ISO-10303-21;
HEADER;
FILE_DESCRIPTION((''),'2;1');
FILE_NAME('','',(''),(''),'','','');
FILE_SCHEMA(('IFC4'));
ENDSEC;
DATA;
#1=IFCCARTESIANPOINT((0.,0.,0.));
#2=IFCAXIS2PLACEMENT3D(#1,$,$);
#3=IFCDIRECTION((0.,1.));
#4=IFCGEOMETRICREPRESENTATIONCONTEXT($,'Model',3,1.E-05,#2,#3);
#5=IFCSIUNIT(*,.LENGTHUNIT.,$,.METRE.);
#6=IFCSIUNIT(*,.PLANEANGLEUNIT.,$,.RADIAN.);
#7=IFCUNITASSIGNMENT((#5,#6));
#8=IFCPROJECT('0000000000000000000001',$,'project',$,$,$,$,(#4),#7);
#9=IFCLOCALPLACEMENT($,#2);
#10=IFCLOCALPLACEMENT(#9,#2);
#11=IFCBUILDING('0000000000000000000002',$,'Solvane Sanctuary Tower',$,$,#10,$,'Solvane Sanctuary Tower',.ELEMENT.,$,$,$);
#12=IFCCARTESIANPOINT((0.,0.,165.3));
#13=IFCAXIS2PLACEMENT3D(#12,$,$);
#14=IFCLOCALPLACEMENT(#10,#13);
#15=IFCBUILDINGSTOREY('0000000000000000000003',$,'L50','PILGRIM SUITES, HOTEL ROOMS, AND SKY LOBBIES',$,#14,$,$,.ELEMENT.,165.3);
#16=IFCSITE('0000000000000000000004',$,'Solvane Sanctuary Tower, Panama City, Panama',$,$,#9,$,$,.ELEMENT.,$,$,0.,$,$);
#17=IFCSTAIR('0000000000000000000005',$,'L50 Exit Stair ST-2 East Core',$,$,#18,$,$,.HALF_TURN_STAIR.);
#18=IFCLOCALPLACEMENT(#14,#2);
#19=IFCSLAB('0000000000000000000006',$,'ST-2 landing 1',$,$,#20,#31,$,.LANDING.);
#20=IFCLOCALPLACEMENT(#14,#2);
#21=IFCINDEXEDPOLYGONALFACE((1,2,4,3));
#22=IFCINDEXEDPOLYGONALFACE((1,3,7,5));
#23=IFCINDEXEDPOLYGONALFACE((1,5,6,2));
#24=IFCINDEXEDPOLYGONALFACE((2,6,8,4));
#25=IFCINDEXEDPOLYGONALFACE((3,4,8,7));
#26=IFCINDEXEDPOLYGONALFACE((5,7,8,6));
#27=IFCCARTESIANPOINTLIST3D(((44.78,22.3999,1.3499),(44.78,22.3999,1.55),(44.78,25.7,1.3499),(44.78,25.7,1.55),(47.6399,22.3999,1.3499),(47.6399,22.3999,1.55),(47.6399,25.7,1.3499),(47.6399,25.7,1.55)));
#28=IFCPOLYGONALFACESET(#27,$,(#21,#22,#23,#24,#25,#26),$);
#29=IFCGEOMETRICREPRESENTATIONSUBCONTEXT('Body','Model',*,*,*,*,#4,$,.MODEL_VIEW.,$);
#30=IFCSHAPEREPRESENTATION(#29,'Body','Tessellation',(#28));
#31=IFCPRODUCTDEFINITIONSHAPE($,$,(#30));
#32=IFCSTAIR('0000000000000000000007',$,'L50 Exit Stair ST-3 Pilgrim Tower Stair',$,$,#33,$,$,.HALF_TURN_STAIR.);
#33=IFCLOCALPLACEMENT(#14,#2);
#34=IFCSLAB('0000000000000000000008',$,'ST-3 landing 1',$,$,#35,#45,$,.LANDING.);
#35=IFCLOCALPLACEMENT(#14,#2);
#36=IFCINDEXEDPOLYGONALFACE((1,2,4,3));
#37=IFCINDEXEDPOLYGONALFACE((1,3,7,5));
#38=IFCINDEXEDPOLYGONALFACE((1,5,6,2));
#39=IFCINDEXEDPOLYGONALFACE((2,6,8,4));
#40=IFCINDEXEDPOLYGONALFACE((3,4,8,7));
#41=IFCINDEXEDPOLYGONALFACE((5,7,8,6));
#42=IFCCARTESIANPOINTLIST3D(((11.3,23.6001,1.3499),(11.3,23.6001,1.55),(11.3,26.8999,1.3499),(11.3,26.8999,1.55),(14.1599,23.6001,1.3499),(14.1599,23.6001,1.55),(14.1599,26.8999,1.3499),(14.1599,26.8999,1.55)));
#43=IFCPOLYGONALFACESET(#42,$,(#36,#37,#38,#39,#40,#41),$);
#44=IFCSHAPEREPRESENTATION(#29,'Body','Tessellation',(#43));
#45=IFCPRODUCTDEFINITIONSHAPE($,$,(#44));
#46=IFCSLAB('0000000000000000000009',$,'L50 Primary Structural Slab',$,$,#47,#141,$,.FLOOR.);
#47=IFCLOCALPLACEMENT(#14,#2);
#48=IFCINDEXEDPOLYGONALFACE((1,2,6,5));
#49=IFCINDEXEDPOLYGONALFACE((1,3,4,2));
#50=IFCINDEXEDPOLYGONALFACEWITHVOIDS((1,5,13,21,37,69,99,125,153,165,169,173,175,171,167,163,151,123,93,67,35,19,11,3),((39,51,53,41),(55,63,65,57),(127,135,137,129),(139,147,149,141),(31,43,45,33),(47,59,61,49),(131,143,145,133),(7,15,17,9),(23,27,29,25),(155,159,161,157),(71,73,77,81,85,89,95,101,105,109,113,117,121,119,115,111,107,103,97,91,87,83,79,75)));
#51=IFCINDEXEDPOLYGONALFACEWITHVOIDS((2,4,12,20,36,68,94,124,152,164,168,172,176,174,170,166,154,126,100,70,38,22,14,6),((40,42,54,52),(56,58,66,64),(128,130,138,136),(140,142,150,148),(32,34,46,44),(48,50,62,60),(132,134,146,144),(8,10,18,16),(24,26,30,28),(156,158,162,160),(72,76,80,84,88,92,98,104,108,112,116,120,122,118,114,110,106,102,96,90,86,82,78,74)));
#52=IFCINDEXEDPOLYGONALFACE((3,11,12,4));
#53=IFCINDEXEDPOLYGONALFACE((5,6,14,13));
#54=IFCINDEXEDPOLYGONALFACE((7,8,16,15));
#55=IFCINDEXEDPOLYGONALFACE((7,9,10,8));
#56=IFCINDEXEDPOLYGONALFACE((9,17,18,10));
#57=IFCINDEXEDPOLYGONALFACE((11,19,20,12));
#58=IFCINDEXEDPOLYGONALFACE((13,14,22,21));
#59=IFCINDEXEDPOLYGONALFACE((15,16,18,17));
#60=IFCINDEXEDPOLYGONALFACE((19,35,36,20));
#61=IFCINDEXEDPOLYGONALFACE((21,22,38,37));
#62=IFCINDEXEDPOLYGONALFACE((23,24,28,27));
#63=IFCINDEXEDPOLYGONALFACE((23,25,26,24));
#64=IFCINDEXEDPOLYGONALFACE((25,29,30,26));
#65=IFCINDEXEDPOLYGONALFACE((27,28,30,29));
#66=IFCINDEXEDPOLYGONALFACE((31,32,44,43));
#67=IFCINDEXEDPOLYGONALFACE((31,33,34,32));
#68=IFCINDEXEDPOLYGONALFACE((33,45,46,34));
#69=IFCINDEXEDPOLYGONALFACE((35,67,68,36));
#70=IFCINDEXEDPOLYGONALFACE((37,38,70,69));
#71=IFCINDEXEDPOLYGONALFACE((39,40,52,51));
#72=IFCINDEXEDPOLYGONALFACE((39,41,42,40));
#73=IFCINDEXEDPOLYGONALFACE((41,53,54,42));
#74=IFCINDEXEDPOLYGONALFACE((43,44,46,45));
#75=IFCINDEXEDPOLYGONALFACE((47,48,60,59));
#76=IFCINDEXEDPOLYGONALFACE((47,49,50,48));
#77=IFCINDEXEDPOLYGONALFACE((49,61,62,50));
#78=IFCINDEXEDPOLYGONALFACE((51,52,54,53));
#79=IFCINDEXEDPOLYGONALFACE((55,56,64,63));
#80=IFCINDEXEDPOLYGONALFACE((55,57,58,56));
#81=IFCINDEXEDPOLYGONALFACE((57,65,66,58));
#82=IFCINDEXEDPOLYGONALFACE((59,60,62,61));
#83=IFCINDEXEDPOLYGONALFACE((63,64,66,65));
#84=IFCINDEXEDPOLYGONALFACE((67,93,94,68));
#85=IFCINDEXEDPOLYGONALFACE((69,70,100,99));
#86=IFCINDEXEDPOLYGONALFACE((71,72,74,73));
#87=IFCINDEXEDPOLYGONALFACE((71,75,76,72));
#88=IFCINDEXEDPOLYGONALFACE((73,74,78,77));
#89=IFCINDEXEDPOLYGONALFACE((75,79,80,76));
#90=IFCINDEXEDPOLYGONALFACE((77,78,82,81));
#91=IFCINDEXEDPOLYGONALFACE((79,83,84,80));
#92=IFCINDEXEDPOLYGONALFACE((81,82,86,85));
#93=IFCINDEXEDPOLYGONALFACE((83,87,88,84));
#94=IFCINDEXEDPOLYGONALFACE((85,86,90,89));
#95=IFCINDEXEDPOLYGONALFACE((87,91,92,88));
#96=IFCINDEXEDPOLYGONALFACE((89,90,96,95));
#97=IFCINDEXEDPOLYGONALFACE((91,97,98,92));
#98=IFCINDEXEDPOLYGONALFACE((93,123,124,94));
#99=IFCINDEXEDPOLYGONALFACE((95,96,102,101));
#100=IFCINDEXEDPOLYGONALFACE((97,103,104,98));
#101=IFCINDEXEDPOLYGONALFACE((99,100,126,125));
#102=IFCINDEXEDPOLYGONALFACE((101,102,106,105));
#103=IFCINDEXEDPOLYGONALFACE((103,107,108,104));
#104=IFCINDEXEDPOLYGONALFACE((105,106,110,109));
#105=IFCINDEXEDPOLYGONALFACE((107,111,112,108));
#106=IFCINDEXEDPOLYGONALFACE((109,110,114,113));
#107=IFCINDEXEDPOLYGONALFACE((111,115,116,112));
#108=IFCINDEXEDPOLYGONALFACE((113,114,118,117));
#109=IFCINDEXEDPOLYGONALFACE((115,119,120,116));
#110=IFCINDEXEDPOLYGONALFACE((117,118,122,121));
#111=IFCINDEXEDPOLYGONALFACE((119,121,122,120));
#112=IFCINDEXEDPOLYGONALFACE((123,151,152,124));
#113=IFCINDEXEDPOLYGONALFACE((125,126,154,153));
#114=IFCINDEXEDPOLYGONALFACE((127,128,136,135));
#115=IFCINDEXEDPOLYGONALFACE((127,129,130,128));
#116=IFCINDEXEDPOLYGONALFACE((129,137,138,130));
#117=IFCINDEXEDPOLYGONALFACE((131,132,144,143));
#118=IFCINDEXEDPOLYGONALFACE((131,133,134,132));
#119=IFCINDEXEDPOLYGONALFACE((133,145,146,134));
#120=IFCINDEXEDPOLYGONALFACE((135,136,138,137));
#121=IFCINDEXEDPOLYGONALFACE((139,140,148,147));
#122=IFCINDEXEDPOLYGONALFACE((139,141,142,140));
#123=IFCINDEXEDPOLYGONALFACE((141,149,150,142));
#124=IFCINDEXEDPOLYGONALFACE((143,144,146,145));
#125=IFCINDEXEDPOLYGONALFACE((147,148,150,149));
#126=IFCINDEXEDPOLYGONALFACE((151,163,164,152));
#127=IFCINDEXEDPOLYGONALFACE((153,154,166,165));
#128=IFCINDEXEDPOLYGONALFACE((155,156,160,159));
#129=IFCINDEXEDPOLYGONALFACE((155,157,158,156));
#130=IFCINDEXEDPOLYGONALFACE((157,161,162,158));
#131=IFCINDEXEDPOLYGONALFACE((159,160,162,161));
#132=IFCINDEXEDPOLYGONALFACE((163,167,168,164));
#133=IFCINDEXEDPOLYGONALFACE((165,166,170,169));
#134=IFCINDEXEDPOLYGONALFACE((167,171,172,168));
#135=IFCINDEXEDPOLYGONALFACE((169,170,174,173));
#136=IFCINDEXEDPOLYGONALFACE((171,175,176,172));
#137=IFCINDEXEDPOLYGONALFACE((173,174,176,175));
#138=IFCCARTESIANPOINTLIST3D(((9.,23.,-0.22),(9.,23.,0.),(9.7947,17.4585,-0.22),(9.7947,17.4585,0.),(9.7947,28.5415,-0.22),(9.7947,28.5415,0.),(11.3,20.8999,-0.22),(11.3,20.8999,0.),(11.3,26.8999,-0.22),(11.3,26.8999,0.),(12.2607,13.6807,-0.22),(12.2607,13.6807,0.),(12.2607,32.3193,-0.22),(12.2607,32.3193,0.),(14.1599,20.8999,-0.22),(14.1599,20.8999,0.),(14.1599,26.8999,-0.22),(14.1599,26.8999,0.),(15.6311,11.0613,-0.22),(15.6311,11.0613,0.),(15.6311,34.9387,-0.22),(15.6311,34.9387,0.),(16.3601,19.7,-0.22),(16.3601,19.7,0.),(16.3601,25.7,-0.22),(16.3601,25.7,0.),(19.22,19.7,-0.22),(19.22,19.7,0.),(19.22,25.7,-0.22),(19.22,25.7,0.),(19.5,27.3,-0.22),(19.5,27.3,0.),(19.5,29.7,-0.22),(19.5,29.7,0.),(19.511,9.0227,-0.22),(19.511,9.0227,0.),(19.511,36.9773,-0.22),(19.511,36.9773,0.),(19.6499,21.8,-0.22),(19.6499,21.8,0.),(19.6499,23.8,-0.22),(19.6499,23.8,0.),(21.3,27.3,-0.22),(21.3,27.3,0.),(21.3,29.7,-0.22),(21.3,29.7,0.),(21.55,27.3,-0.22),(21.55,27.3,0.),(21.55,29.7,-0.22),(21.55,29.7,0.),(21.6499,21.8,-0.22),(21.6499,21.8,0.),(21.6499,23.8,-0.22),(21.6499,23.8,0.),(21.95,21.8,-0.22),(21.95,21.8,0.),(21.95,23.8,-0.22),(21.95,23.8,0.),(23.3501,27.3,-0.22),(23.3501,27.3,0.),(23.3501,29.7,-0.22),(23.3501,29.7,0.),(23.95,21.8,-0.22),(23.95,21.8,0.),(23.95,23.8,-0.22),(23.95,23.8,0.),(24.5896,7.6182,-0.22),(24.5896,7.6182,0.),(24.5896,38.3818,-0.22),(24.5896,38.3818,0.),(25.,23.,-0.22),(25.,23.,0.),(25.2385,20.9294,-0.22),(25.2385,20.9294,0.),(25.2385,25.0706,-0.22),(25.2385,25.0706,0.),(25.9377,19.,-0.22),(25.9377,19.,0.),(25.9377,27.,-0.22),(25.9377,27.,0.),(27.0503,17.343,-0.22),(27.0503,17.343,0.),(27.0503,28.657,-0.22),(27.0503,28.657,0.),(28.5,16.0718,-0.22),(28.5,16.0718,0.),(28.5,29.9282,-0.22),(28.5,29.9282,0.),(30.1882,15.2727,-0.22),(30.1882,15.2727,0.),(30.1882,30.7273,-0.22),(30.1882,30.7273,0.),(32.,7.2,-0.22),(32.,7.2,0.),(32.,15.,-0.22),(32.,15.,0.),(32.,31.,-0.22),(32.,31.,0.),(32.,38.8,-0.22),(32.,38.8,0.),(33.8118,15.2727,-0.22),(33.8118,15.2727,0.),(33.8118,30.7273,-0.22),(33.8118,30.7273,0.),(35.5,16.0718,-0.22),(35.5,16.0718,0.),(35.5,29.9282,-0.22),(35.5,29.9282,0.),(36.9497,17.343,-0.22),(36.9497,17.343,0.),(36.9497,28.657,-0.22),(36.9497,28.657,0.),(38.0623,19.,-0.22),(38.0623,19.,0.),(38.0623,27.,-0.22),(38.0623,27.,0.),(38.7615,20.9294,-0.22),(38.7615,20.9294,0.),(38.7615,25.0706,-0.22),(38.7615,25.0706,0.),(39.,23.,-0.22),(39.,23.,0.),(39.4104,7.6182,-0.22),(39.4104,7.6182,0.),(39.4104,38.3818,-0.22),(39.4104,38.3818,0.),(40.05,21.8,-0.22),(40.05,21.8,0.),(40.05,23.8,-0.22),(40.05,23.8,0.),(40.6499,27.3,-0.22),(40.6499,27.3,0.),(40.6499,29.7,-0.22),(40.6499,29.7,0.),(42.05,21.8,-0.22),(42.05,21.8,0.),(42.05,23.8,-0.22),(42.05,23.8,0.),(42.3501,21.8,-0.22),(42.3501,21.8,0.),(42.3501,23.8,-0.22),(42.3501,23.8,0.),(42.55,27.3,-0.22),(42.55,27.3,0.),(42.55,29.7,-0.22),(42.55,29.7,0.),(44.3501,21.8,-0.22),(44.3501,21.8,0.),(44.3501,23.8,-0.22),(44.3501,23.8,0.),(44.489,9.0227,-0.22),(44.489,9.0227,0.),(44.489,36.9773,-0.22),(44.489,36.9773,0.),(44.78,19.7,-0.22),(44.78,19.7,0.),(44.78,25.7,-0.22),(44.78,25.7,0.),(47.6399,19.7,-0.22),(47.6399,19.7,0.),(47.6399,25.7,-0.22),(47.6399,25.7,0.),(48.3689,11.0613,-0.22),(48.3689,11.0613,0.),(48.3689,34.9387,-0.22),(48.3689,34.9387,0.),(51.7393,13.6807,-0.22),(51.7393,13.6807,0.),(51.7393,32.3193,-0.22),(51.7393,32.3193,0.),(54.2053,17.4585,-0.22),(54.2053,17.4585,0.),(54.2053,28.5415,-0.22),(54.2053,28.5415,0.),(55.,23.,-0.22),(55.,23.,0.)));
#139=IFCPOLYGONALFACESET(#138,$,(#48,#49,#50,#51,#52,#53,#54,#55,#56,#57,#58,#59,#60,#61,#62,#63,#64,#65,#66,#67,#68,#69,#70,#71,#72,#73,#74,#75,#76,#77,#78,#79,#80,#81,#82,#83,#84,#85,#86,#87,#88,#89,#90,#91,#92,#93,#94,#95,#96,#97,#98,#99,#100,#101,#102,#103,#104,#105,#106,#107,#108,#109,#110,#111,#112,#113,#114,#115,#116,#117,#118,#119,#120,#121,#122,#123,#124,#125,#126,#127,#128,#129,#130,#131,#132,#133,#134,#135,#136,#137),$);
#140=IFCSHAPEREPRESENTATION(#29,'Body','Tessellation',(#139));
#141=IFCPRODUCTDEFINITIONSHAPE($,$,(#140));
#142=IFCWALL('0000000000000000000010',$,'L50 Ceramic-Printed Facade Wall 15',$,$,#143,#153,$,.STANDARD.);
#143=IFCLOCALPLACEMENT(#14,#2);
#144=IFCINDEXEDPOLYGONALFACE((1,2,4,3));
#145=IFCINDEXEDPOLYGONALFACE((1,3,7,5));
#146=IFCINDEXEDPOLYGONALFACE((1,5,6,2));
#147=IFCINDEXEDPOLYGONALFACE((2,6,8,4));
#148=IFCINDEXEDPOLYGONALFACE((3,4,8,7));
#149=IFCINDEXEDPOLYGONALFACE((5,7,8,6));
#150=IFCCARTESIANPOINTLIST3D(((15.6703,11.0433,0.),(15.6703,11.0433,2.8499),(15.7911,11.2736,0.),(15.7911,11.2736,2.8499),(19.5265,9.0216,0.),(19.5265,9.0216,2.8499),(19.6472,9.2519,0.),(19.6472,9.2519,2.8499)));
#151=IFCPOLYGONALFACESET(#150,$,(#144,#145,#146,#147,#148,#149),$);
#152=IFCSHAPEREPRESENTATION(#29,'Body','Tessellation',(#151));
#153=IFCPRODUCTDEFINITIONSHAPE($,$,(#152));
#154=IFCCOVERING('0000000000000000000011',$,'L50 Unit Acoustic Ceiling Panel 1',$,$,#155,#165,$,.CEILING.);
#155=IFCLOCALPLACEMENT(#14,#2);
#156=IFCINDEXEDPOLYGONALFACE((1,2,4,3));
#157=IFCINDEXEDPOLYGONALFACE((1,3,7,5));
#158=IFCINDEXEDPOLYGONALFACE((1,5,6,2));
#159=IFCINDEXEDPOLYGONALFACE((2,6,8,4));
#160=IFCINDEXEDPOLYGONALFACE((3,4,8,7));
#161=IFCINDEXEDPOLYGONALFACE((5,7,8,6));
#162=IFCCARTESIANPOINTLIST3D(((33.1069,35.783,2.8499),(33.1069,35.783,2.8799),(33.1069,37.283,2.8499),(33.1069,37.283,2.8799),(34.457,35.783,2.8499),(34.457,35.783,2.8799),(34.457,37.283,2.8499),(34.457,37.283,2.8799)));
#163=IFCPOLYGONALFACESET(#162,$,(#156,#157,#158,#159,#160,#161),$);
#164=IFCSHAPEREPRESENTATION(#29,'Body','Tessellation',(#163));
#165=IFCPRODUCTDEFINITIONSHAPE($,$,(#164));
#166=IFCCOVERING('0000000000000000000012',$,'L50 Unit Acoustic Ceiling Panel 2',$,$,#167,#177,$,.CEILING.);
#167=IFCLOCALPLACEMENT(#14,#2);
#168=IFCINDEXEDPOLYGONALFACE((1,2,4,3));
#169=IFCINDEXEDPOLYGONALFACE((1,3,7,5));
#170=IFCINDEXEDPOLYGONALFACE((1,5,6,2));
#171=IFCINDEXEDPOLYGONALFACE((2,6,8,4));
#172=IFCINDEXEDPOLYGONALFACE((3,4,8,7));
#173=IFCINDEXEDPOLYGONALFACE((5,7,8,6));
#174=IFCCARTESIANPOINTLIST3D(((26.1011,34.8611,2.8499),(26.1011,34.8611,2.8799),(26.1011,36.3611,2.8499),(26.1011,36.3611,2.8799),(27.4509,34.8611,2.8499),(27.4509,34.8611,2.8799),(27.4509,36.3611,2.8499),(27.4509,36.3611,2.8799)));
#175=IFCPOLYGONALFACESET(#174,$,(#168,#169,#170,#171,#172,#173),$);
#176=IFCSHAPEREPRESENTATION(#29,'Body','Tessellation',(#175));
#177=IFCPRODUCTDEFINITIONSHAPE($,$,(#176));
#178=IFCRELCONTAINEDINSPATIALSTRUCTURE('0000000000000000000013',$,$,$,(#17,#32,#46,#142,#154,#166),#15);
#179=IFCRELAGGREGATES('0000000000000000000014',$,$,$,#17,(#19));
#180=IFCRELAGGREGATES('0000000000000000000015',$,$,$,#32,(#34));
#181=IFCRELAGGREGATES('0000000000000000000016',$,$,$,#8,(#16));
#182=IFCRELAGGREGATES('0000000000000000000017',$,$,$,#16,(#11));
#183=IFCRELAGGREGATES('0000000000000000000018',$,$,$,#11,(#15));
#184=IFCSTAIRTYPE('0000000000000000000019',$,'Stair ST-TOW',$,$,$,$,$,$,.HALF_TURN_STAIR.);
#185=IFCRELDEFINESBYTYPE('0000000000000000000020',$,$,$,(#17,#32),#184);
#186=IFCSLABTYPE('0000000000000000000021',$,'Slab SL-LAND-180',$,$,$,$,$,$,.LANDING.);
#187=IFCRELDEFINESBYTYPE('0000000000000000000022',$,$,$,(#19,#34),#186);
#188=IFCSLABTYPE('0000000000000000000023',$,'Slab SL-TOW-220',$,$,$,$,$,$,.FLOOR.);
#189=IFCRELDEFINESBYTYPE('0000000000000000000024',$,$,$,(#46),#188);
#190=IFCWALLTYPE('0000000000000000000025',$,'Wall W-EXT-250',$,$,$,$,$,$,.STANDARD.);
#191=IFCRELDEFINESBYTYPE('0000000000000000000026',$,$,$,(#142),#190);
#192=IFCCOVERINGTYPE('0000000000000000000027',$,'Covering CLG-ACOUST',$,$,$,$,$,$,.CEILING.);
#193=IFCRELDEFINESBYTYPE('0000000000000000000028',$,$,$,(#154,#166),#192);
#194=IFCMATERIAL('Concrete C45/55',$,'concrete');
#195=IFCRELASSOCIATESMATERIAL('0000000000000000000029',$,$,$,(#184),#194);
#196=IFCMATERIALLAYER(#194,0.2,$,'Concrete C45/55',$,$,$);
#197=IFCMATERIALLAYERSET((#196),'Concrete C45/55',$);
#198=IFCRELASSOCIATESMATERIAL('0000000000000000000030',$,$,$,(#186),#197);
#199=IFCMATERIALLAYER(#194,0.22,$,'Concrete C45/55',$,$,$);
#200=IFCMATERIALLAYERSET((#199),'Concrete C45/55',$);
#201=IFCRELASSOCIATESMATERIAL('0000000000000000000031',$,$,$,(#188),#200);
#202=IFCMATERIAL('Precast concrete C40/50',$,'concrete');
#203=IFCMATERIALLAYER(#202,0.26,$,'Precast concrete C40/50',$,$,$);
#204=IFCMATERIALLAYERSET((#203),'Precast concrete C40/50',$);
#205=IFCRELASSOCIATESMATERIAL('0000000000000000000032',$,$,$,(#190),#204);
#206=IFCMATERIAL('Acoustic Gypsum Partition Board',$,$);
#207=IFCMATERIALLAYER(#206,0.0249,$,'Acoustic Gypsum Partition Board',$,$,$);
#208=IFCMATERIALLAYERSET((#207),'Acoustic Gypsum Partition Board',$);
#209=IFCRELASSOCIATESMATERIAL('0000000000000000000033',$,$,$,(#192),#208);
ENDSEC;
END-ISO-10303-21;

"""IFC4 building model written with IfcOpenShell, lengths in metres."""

from ifc_helpers import new_model, si_unit, direction, frame, frame_2d, origin, place, context, subcontext, project, spatial, polyline, rectangle, outline, extrude, material, layer, layer_set, type_object, element, aggregate, save


model = new_model("IFC4")

# Units and contexts
model_context = context("Model", 3, precision=1e-05, world=origin(), true_north=direction((0.0, 1.0)))
body_context = subcontext(model_context, "Body", "Model", "MODEL_VIEW")
ifc_project = project(units=[si_unit("LENGTHUNIT", "METRE"), si_unit("PLANEANGLEUNIT", "RADIAN")], contexts=[model_context])

# Site, building, storey
site_placement = place(None, origin())
site = spatial("IfcSite", under=ifc_project, at=site_placement, Name="Solvane Sanctuary Tower, Panama City, Panama", CompositionType="ELEMENT", RefElevation=0.0)
building_placement = place(site_placement, origin())
building = spatial("IfcBuilding", under=site, at=building_placement, Name="Solvane Sanctuary Tower", LongName="Solvane Sanctuary Tower", CompositionType="ELEMENT")
storey_placement = place(building_placement, frame((0.0, 0.0, 165.3)))
storey = spatial("IfcBuildingStorey", under=building, at=storey_placement, Name="L50", Description="PILGRIM SUITES, HOTEL ROOMS, AND SKY LOBBIES", CompositionType="ELEMENT", Elevation=165.3)

# Shared definitions
ifc_material_1 = material(Name="Precast concrete C40/50", Category="concrete")

# Stairs, slabs
ifc_material_2 = material(Name="Concrete C45/55", Category="concrete")
stair_type = type_object("IfcStairType", Name="Stair ST-TOW", PredefinedType="HALF_TURN_STAIR", material=ifc_material_2)
ifc_layer_1 = layer(ifc_material_2, 0.2, Name="Concrete C45/55")
ifc_layer_set_1 = layer_set([ifc_layer_1], Name="Concrete C45/55")
slab_type_1 = type_object("IfcSlabType", Name="Slab SL-LAND-180", PredefinedType="LANDING", material=ifc_layer_set_1)
stair_1_placement = place(storey_placement, origin())
stair_1 = element("IfcStair", 1, at=stair_1_placement, inside=storey, type_object=stair_type, Name="L50 Exit Stair ST-2 East Core", PredefinedType="HALF_TURN_STAIR")
slab_1_placement = place(storey_placement, frame((0.0, 0.0, 1.3499)))
slab_1 = element("IfcSlab", 2, at=slab_1_placement, type_object=slab_type_1, Name="ST-2 landing 1", PredefinedType="LANDING", context=body_context, shape_type="SweptSolid", body=[
    extrude(outline(polyline([(47.6399, 22.3999), (47.6399, 25.7), (44.78, 25.7), (44.78, 22.3999), (47.6399, 22.3999)])), origin(), (0.0, 0.0, 1.0), 0.2002),
])
aggregate(stair_1, [slab_1])
stair_2_placement = place(storey_placement, origin())
stair_2 = element("IfcStair", 3, at=stair_2_placement, inside=storey, type_object=stair_type, Name="L50 Exit Stair ST-3 Pilgrim Tower Stair", PredefinedType="HALF_TURN_STAIR")
slab_2_placement = place(storey_placement, frame((0.0, 0.0, 1.3499)))
slab_2 = element("IfcSlab", 4, at=slab_2_placement, type_object=slab_type_1, Name="ST-3 landing 1", PredefinedType="LANDING", context=body_context, shape_type="SweptSolid", body=[
    extrude(outline(polyline([(14.1599, 23.6001), (14.1599, 26.8999), (11.3, 26.8999), (11.3, 23.6001), (14.1599, 23.6001)])), origin(), (0.0, 0.0, 1.0), 0.2002),
])
aggregate(stair_2, [slab_2])

# Slab
ifc_layer_2 = layer(ifc_material_2, 0.22, Name="Concrete C45/55")
ifc_layer_set_2 = layer_set([ifc_layer_2], Name="Concrete C45/55")
slab_type_2 = type_object("IfcSlabType", Name="Slab SL-TOW-220", PredefinedType="FLOOR", material=ifc_layer_set_2)
slab_3_placement = place(storey_placement, frame((0.0, 0.0, -0.22)))
element("IfcSlab", 5, at=slab_3_placement, inside=storey, type_object=slab_type_2, Name="L50 Primary Structural Slab", PredefinedType="FLOOR", context=body_context, shape_type="SweptSolid", body=[
    extrude(outline(polyline([(55.0, 23.0), (54.2053, 28.5415), (51.7393, 32.3193), (48.3689, 34.9387), (44.489, 36.9773), (39.4104, 38.3818), (32.0, 38.8), (24.5896, 38.3818), (19.511, 36.9773), (15.6311, 34.9387), (12.2607, 32.3193), (9.7947, 28.5415), (9.0, 23.0), (9.7947, 17.4585), (12.2607, 13.6807), (15.6311, 11.0613), (19.511, 9.0227), (24.5896, 7.6182), (32.0, 7.2), (39.4104, 7.6182), (44.489, 9.0227), (48.3689, 11.0613), (51.7393, 13.6807), (54.2053, 17.4585), (55.0, 23.0)]), holes=[polyline([(38.7615, 20.9294), (38.0623, 19.0), (36.9497, 17.343), (35.5, 16.0718), (33.8118, 15.2727), (32.0, 15.0), (30.1882, 15.2727), (28.5, 16.0718), (27.0503, 17.343), (25.9377, 19.0), (25.2385, 20.9294), (25.0, 23.0), (25.2385, 25.0706), (25.9377, 27.0), (27.0503, 28.657), (28.5, 29.9282), (30.1882, 30.7273), (32.0, 31.0), (33.8118, 30.7273), (35.5, 29.9282), (36.9497, 28.657), (38.0623, 27.0), (38.7615, 25.0706), (39.0, 23.0), (38.7615, 20.9294)]), polyline([(16.3601, 19.7), (16.3601, 25.7), (19.22, 25.7), (19.22, 19.7), (16.3601, 19.7)]), polyline([(44.78, 19.7), (44.78, 25.7), (47.6399, 25.7), (47.6399, 19.7), (44.78, 19.7)]), polyline([(11.3, 20.8999), (11.3, 26.8999), (14.1599, 26.8999), (14.1599, 20.8999), (11.3, 20.8999)]), polyline([(19.6499, 23.8), (21.6499, 23.8), (21.6499, 21.8), (19.6499, 21.8), (19.6499, 23.8)]), polyline([(42.3501, 23.8), (44.3501, 23.8), (44.3501, 21.8), (42.3501, 21.8), (42.3501, 23.8)]), polyline([(21.95, 23.8), (23.95, 23.8), (23.95, 21.8), (21.95, 21.8), (21.95, 23.8)]), polyline([(40.05, 23.8), (42.05, 23.8), (42.05, 21.8), (40.05, 21.8), (40.05, 23.8)]), polyline([(19.5, 29.7), (21.3, 29.7), (21.3, 27.3), (19.5, 27.3), (19.5, 29.7)]), polyline([(21.55, 29.7), (23.3501, 29.7), (23.3501, 27.3), (21.55, 27.3), (21.55, 29.7)]), polyline([(40.6499, 29.7), (42.55, 29.7), (42.55, 27.3), (40.6499, 27.3), (40.6499, 29.7)])]), origin(), (0.0, 0.0, 1.0), 0.22),
])

# Wall
ifc_layer_3 = layer(ifc_material_1, 0.26, Name="Precast concrete C40/50")
ifc_layer_set_3 = layer_set([ifc_layer_3], Name="Precast concrete C40/50")
wall_type = type_object("IfcWallType", Name="Wall W-EXT-250", PredefinedType="STANDARD", material=ifc_layer_set_3)
wall_placement = place(storey_placement, frame((15.7307, 11.1584, 0.0), z_axis=(0.0, 0.0, 1.0), x_axis=(0.88566, -0.464334, 0.0)))
element("IfcWall", 6, at=wall_placement, inside=storey, type_object=wall_type, Name="L50 Ceramic-Printed Facade Wall 15", PredefinedType="STANDARD", context=body_context, shape_type="SweptSolid", body=[
    extrude(rectangle(XDim=4.354, YDim=0.26, at=frame_2d((2.177, 0.0))), origin(), (0.0, 0.0, 1.0), 2.8499),
])

# Coverings
ifc_material_3 = material(Name="Acoustic Gypsum Partition Board")
ifc_layer_4 = layer(ifc_material_3, 0.0249, Name="Acoustic Gypsum Partition Board")
ifc_layer_set_4 = layer_set([ifc_layer_4], Name="Acoustic Gypsum Partition Board")
covering_type_1 = type_object("IfcCoveringType", Name="Covering CLG-ACOUST", PredefinedType="CEILING", material=ifc_layer_set_4)
covering_1_placement = place(storey_placement, frame((0.0, 0.0, 2.8499)))
element("IfcCovering", 7, at=covering_1_placement, inside=storey, type_object=covering_type_1, Name="L50 Unit Acoustic Ceiling Panel 1", PredefinedType="CEILING", context=body_context, shape_type="SweptSolid", body=[
    extrude(outline(polyline([(33.1069, 35.783), (34.457, 35.783), (34.457, 37.283), (33.1069, 37.283), (33.1069, 35.783)])), origin(), (0.0, 0.0, 1.0), 0.03),
])
covering_2_placement = place(storey_placement, frame((0.0, 0.0, 2.8499)))
element("IfcCovering", 8, at=covering_2_placement, inside=storey, type_object=covering_type_1, Name="L50 Unit Acoustic Ceiling Panel 2", PredefinedType="CEILING", context=body_context, shape_type="SweptSolid", body=[
    extrude(outline(polyline([(26.1011, 34.8611), (27.4509, 34.8611), (27.4509, 36.3611), (26.1011, 36.3611), (26.1011, 34.8611)])), origin(), (0.0, 0.0, 1.0), 0.03),
])

save(model, "model.ifc")
